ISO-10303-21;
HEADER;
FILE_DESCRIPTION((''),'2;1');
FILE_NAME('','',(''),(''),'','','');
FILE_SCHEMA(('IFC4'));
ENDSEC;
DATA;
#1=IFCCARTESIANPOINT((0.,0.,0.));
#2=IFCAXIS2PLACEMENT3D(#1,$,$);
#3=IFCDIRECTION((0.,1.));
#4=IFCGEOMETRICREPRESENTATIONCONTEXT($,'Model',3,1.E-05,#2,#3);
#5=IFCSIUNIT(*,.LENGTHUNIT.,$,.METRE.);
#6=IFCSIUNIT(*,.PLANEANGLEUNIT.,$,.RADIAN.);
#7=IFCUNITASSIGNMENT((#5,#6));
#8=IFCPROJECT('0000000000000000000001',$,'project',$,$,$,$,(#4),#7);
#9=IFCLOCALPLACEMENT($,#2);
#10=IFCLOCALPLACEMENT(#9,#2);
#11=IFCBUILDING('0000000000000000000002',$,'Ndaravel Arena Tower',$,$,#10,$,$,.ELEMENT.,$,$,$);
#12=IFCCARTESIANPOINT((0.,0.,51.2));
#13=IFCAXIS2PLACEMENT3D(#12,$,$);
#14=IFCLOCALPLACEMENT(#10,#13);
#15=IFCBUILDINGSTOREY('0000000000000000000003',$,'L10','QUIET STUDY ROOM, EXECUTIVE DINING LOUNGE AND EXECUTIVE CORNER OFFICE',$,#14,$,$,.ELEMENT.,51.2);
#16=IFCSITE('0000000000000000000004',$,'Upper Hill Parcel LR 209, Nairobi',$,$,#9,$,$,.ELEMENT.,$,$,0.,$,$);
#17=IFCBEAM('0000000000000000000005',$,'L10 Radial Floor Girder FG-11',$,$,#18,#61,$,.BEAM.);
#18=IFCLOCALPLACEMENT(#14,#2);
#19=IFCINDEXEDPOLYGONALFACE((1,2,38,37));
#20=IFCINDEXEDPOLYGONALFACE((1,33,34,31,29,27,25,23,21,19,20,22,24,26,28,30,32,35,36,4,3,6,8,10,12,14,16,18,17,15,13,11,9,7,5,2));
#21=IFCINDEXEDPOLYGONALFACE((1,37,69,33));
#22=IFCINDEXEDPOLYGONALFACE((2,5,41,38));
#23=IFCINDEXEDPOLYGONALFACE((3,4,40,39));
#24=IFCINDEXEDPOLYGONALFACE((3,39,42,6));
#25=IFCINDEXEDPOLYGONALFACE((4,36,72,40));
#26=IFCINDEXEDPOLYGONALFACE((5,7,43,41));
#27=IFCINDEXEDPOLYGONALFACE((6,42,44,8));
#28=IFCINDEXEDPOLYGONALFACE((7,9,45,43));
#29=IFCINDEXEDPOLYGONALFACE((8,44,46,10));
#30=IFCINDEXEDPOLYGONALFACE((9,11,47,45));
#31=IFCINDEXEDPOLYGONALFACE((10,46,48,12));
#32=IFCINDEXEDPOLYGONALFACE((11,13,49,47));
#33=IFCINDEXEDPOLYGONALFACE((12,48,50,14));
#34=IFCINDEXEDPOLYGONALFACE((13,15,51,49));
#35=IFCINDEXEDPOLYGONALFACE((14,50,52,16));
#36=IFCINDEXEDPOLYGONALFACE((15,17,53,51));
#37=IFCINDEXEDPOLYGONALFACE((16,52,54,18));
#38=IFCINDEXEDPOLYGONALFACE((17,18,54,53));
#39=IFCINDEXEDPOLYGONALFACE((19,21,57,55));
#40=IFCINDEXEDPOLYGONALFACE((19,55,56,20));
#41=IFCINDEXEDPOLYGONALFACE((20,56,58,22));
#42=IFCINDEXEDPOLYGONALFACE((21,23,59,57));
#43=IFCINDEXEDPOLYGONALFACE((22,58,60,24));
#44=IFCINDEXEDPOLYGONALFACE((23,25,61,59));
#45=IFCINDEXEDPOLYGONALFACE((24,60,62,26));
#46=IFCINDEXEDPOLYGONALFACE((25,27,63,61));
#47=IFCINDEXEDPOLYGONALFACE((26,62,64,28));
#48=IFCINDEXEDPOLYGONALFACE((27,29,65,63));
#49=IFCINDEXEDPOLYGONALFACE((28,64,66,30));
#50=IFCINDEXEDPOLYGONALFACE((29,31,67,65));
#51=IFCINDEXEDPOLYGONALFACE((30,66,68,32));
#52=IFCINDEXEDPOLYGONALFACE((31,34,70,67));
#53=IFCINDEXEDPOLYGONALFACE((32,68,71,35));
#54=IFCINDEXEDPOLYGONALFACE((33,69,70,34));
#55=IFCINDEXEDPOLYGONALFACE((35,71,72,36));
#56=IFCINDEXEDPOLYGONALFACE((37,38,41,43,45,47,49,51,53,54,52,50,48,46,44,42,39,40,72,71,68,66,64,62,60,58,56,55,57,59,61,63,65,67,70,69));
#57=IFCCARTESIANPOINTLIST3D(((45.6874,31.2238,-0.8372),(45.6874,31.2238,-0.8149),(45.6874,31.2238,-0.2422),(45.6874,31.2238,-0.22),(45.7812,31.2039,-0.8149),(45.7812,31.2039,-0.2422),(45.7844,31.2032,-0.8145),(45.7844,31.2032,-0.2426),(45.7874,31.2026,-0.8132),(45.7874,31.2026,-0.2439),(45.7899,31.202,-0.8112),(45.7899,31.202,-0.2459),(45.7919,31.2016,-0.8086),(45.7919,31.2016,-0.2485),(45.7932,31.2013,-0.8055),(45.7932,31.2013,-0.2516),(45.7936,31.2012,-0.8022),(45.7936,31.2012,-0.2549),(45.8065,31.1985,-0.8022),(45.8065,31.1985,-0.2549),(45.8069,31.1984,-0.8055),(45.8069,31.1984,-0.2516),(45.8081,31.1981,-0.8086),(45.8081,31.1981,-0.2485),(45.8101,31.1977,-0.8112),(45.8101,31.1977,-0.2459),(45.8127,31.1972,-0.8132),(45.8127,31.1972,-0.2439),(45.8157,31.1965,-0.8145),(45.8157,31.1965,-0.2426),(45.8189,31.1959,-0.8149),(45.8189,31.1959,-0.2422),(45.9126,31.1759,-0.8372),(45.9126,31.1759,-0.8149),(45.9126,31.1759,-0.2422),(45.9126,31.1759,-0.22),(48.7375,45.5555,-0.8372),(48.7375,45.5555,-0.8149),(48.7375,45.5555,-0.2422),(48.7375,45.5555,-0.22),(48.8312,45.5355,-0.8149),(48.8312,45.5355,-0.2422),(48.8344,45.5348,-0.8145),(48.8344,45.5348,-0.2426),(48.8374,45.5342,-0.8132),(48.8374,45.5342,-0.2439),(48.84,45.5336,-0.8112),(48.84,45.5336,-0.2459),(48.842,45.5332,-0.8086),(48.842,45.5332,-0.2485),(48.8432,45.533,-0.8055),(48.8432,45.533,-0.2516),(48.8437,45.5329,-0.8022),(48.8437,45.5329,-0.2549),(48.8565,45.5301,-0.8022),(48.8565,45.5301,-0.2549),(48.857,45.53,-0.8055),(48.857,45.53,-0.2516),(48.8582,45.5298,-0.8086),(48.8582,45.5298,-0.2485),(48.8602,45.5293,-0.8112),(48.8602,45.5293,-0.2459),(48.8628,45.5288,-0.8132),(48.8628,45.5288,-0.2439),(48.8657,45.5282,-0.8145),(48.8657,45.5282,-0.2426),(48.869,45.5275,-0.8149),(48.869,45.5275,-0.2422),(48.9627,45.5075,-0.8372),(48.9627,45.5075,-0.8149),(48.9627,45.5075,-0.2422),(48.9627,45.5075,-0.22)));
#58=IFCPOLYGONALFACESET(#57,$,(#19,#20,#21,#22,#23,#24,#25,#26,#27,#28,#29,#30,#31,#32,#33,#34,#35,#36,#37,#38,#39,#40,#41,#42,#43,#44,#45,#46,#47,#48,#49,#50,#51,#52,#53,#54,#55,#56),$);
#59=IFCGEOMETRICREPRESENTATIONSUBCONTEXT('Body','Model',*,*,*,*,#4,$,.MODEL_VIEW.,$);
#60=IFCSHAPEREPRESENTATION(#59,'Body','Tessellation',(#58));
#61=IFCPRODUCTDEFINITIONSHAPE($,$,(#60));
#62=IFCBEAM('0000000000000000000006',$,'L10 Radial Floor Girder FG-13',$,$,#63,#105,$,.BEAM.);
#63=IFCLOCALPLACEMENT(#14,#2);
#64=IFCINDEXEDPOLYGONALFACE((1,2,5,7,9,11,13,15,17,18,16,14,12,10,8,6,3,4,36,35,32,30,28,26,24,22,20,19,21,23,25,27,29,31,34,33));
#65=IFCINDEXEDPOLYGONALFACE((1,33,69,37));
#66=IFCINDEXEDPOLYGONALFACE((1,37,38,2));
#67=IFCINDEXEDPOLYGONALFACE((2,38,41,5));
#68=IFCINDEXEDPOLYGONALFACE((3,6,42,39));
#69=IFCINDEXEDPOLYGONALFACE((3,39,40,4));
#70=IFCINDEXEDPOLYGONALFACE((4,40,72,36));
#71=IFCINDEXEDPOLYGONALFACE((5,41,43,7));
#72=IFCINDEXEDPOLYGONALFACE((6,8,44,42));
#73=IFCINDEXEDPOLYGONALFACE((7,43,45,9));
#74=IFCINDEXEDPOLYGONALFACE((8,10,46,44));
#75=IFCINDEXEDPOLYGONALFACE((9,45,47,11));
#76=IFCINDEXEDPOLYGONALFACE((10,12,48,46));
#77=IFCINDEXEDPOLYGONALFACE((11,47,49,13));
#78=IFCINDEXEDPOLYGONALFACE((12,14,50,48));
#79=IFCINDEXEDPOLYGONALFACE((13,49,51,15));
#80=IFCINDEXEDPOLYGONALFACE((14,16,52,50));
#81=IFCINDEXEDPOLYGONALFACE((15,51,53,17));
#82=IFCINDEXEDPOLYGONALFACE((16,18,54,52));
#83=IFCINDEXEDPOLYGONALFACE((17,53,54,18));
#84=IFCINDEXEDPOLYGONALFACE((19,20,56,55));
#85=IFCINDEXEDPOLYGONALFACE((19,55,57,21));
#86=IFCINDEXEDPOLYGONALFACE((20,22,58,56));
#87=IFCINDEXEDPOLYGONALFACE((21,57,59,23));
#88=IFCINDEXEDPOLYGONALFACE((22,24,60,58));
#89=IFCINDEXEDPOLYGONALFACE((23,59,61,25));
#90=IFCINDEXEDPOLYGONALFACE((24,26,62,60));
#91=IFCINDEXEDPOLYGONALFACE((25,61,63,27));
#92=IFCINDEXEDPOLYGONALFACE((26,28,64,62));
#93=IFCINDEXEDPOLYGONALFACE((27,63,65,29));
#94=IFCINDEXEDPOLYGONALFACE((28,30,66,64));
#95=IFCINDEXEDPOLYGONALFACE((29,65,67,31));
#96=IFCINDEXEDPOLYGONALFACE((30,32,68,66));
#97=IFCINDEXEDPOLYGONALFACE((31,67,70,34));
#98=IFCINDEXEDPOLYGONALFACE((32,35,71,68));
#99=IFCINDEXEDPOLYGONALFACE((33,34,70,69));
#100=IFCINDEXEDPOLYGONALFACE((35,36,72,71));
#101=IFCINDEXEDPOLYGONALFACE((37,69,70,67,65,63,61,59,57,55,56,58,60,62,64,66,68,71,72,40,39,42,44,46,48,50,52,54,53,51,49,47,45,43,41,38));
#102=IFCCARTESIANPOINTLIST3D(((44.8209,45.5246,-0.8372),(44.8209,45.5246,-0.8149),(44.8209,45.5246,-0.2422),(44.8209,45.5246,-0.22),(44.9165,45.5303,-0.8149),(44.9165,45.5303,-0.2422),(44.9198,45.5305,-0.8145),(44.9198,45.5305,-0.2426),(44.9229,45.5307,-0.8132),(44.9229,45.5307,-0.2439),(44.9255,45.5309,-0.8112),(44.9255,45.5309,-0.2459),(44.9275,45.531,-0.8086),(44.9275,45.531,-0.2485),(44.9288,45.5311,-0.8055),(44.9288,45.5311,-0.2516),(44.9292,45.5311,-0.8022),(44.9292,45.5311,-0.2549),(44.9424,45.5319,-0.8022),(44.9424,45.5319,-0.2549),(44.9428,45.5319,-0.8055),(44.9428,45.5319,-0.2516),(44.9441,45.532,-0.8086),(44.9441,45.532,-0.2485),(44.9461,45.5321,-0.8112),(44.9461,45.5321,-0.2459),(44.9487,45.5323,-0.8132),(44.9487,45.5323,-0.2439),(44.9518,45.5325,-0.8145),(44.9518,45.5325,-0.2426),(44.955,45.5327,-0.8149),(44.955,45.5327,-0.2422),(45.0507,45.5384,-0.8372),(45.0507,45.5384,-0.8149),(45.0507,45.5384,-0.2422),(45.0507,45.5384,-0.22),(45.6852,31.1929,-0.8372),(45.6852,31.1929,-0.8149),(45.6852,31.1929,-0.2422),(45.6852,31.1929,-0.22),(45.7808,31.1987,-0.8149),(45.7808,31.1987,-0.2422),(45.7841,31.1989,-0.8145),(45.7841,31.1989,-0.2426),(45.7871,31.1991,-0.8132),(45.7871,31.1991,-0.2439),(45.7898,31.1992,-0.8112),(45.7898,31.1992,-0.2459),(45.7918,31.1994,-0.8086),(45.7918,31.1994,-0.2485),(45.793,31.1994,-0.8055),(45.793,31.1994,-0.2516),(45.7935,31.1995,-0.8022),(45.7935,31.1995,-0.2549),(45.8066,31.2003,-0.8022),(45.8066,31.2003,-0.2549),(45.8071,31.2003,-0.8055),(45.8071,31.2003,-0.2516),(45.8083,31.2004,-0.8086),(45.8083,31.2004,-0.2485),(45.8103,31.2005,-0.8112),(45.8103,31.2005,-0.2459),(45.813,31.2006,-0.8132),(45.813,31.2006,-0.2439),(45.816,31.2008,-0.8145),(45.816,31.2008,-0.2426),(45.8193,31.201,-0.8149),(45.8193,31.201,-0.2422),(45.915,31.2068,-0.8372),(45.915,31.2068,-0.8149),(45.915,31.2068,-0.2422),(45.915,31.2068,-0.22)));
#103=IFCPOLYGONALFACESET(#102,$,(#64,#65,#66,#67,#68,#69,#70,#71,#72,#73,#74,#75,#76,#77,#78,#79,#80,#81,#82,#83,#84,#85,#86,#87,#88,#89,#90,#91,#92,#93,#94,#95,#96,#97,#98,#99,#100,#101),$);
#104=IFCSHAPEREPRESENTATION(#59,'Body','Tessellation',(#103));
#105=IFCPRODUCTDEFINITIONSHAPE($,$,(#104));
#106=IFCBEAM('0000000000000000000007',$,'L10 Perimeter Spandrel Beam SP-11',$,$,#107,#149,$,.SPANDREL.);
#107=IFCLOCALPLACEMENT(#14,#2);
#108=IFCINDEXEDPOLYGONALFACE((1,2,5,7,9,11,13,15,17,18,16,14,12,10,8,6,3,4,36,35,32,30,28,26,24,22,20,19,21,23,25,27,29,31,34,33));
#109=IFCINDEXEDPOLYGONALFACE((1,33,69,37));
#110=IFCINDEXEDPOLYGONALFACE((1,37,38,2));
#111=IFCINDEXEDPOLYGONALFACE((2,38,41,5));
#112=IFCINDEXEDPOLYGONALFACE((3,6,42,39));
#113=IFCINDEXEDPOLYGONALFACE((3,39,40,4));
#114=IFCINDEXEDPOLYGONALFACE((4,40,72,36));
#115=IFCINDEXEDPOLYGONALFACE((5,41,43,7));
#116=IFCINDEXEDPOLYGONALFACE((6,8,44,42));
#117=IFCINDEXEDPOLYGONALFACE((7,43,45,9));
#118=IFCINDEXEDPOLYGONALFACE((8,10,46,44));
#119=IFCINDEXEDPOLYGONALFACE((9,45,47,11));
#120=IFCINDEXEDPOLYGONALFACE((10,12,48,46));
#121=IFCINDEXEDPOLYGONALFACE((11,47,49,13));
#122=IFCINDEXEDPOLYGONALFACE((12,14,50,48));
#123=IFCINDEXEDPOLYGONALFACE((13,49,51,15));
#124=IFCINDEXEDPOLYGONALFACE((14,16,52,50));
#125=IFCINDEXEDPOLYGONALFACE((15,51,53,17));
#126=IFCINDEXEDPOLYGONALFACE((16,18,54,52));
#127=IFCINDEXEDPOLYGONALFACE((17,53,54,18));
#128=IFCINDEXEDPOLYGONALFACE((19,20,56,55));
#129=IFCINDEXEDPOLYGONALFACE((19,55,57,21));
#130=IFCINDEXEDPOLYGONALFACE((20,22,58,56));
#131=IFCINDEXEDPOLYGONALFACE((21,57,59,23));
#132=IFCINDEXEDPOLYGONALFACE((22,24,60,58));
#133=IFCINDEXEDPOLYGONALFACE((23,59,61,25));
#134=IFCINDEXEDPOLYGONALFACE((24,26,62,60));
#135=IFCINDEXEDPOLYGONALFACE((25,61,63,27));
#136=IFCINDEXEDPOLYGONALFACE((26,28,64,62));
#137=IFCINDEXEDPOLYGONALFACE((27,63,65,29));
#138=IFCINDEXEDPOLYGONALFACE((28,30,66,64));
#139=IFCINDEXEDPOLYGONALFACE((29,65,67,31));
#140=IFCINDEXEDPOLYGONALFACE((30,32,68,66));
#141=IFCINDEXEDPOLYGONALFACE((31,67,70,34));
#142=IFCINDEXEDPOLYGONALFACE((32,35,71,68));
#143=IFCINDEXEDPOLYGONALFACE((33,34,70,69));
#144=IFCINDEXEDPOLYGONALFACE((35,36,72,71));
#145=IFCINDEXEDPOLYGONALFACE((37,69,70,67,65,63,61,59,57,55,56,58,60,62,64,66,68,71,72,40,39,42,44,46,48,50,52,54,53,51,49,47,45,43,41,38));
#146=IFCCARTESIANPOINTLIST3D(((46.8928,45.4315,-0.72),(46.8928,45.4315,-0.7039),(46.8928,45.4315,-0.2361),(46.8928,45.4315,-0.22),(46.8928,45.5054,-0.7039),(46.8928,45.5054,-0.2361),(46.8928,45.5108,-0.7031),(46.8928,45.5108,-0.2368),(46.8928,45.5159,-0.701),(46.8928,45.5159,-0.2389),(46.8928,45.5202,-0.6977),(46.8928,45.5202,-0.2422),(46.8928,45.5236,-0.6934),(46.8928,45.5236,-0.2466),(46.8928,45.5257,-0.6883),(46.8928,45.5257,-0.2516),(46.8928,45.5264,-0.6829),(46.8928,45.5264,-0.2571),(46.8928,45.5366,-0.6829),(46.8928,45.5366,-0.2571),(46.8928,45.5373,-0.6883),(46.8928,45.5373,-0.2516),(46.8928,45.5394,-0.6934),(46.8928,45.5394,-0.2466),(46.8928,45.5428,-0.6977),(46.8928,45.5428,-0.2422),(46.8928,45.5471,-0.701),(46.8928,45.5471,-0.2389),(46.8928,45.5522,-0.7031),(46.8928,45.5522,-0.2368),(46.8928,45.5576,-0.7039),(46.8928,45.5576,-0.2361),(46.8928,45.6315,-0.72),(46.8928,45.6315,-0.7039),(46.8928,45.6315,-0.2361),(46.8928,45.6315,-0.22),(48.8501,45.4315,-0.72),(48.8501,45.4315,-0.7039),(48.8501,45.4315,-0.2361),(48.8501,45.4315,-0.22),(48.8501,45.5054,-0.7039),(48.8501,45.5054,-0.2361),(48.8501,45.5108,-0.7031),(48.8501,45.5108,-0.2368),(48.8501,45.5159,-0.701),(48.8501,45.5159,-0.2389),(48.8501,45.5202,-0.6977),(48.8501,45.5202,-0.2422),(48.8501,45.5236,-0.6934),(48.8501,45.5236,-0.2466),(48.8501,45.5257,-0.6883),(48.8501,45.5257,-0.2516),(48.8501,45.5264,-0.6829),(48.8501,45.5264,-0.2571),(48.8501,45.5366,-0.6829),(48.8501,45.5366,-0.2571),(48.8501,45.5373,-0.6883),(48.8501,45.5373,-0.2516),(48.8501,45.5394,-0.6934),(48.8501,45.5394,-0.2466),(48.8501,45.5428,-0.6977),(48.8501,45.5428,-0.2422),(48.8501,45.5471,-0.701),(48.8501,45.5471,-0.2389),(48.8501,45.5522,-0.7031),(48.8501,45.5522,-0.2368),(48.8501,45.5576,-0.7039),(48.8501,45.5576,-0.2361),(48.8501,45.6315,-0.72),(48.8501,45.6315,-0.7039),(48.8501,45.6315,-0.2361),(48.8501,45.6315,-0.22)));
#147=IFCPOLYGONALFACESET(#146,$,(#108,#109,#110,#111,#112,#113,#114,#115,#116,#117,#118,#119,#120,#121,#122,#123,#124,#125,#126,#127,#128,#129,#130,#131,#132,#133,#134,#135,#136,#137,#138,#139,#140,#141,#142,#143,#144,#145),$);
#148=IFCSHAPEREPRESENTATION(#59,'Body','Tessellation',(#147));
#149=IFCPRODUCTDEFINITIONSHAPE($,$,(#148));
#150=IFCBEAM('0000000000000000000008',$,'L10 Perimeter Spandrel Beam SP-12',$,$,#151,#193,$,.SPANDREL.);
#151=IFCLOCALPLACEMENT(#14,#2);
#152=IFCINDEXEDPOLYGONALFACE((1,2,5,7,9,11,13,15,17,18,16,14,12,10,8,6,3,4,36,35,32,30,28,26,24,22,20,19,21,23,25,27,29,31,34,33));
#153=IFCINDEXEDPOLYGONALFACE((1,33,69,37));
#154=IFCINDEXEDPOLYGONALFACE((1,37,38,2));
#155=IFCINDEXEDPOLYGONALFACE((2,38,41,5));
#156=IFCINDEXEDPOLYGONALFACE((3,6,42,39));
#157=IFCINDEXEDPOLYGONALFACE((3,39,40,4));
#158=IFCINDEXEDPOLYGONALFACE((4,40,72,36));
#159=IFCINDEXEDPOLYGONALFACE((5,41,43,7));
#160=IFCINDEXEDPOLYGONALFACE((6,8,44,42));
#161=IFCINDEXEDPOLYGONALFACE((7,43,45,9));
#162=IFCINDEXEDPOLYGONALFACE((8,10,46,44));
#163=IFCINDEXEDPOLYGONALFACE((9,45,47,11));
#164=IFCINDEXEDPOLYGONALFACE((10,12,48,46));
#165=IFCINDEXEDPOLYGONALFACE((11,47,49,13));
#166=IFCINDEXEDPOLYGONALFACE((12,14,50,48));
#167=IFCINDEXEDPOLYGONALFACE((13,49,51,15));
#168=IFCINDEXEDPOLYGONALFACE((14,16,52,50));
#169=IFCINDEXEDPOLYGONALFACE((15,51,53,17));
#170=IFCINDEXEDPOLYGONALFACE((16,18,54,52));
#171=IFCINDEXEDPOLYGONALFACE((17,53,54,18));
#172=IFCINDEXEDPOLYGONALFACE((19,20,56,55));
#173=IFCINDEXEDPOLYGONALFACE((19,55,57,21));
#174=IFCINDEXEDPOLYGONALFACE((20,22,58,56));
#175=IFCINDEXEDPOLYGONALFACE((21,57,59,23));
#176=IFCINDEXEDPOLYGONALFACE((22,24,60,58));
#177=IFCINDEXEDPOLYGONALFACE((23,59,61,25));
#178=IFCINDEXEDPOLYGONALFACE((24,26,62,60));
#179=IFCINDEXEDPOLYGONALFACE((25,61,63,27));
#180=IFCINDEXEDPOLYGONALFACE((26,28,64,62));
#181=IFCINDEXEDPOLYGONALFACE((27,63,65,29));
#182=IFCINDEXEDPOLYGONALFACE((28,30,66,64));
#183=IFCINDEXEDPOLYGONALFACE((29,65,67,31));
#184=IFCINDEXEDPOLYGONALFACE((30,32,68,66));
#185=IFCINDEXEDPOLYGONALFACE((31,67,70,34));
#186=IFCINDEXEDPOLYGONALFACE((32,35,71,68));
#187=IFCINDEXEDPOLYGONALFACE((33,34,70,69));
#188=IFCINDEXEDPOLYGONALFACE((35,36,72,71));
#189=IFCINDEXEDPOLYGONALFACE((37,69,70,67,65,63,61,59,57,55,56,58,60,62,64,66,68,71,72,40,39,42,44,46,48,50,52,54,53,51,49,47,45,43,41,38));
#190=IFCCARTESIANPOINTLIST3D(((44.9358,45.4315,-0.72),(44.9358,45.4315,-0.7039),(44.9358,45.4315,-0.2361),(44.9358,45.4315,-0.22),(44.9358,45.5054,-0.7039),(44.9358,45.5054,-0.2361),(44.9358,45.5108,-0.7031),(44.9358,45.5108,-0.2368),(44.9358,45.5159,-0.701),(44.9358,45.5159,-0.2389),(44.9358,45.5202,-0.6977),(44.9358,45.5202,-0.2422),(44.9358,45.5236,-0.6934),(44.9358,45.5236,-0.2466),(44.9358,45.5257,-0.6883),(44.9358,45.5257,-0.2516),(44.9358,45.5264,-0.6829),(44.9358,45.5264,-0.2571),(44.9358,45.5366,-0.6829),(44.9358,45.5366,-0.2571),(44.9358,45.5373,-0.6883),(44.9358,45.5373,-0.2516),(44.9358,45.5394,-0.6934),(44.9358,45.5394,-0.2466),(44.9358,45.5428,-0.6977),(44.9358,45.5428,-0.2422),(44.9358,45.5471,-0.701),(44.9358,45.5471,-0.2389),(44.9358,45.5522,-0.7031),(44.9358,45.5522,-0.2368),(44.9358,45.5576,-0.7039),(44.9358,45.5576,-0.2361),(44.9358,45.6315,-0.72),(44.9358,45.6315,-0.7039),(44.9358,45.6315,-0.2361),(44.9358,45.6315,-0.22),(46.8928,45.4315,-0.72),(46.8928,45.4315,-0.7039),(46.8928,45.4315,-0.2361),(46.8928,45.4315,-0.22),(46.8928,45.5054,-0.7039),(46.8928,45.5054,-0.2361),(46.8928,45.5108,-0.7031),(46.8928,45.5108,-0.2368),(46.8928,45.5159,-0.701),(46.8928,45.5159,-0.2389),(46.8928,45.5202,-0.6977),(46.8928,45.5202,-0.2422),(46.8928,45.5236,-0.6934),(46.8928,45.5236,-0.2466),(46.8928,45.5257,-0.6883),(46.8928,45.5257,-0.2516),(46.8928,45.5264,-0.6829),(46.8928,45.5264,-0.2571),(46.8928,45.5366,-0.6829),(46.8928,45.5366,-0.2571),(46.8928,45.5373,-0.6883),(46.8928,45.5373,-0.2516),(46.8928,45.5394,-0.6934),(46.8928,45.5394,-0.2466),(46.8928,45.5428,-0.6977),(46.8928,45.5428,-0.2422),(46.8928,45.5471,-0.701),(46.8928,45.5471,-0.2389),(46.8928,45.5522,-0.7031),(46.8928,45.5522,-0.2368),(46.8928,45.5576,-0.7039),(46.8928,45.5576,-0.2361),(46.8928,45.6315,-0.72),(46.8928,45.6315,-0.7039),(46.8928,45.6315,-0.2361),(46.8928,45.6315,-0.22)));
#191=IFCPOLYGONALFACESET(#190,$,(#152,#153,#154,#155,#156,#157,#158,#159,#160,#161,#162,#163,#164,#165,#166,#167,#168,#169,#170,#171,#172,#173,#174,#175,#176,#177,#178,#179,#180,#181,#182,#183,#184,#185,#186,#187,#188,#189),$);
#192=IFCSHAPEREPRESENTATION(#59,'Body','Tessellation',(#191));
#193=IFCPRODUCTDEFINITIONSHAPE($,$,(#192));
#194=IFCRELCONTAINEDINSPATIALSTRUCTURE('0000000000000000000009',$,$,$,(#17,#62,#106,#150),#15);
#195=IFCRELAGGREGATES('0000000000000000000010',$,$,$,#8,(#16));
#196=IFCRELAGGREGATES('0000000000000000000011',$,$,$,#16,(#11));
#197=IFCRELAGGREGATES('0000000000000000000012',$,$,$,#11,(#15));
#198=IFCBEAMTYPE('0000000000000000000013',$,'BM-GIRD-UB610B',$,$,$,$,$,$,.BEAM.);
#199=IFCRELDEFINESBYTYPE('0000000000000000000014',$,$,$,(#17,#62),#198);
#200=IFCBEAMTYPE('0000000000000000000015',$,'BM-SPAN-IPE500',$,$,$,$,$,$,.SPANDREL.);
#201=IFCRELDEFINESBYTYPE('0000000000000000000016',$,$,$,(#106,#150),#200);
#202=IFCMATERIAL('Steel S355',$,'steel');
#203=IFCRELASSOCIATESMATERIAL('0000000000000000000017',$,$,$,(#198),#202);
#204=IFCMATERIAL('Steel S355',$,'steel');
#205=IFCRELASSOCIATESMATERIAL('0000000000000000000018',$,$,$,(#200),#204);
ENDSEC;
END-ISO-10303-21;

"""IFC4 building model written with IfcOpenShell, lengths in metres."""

from ifc_helpers import new_model, si_unit, direction, frame, origin, origin_2d, place, context, subcontext, project, spatial, i_section, extrude, material, material_profile, profile_set, type_object, element, save


model = new_model("IFC4")

# Units and contexts
model_context = context("Model", 3, precision=1e-05, world=origin(), true_north=direction((0.0, 1.0)))
body_context = subcontext(model_context, "Body", "Model", "MODEL_VIEW")
ifc_project = project(units=[si_unit("LENGTHUNIT", "METRE"), si_unit("PLANEANGLEUNIT", "RADIAN")], contexts=[model_context])

# Site, building, storey
site_placement = place(None, origin())
site = spatial("IfcSite", under=ifc_project, at=site_placement, Name="Upper Hill Parcel LR 209, Nairobi", CompositionType="ELEMENT", RefElevation=0.0)
building_placement = place(site_placement, origin())
building = spatial("IfcBuilding", under=site, at=building_placement, Name="Ndaravel Arena Tower", CompositionType="ELEMENT")
storey_placement = place(building_placement, frame((0.0, 0.0, 51.2)))
storey = spatial("IfcBuildingStorey", under=building, at=storey_placement, Name="L10", Description="QUIET STUDY ROOM, EXECUTIVE DINING LOUNGE AND EXECUTIVE CORNER OFFICE", CompositionType="ELEMENT", Elevation=51.2)

# Beams
ifc_material_1 = material(Name="Steel S355", Category="steel")
ifc_material_profile_1 = material_profile(ifc_material_1, i_section(OverallWidth=0.2302, OverallDepth=0.6172, WebThickness=0.0132, FlangeThickness=0.0222, FilletRadius=0.0127, at=origin_2d()), Name="UB 610x229x140")
ifc_profile_set_1 = profile_set([ifc_material_profile_1], Name="Steel S355")
beam_type_1 = type_object("IfcBeamType", Name="BM-GIRD-UB610B", PredefinedType="BEAM", material=ifc_profile_set_1)
beam_1_placement = place(storey_placement, frame((48.8501, 45.5315, -0.5286), z_axis=(-0.208159, -0.978095, 0.0), x_axis=(0.978095, -0.208159, 0.0)))
element("IfcBeam", 1, at=beam_1_placement, inside=storey, type_object=beam_type_1, Name="L10 Radial Floor Girder FG-11", PredefinedType="BEAM", context=body_context, shape_type="SweptSolid", body=[
    extrude(i_section(OverallWidth=0.2302, OverallDepth=0.6172, WebThickness=0.0132, FlangeThickness=0.0222, FilletRadius=0.0127, at=origin_2d()), origin(), (0.0, 0.0, 1.0), 14.6526),
])
beam_2_placement = place(storey_placement, frame((44.9358, 45.5315, -0.5286), z_axis=(0.060195, -0.998187, 0.0), x_axis=(0.998187, 0.060195, 0.0)))
element("IfcBeam", 2, at=beam_2_placement, inside=storey, type_object=beam_type_1, Name="L10 Radial Floor Girder FG-13", PredefinedType="BEAM", context=body_context, shape_type="SweptSolid", body=[
    extrude(i_section(OverallWidth=0.2302, OverallDepth=0.6172, WebThickness=0.0132, FlangeThickness=0.0222, FilletRadius=0.0127, at=origin_2d()), origin(), (0.0, 0.0, 1.0), 14.3577),
])
ifc_material_2 = material(Name="Steel S355", Category="steel")
ifc_material_profile_2 = material_profile(ifc_material_2, i_section(OverallWidth=0.2, OverallDepth=0.5, WebThickness=0.0103, FlangeThickness=0.0161, FilletRadius=0.021, at=origin_2d()), Name="IPE 500")
ifc_profile_set_2 = profile_set([ifc_material_profile_2], Name="Steel S355")
beam_type_2 = type_object("IfcBeamType", Name="BM-SPAN-IPE500", PredefinedType="SPANDREL", material=ifc_profile_set_2)
beam_3_placement = place(storey_placement, frame((48.8501, 45.5315, -0.47), z_axis=(-1.0, 0.0, 0.0), x_axis=(0.0, -1.0, 0.0)))
element("IfcBeam", 3, at=beam_3_placement, inside=storey, type_object=beam_type_2, Name="L10 Perimeter Spandrel Beam SP-11", PredefinedType="SPANDREL", context=body_context, shape_type="SweptSolid", body=[
    extrude(i_section(OverallWidth=0.2, OverallDepth=0.5, WebThickness=0.0103, FlangeThickness=0.0161, FilletRadius=0.021, at=origin_2d()), origin(), (0.0, 0.0, 1.0), 1.9573),
])
beam_4_placement = place(storey_placement, frame((46.8928, 45.5315, -0.47), z_axis=(-1.0, 0.0, 0.0), x_axis=(0.0, -1.0, 0.0)))
element("IfcBeam", 4, at=beam_4_placement, inside=storey, type_object=beam_type_2, Name="L10 Perimeter Spandrel Beam SP-12", PredefinedType="SPANDREL", context=body_context, shape_type="SweptSolid", body=[
    extrude(i_section(OverallWidth=0.2, OverallDepth=0.5, WebThickness=0.0103, FlangeThickness=0.0161, FilletRadius=0.021, at=origin_2d()), origin(), (0.0, 0.0, 1.0), 1.957),
])

save(model, "model.ifc")
